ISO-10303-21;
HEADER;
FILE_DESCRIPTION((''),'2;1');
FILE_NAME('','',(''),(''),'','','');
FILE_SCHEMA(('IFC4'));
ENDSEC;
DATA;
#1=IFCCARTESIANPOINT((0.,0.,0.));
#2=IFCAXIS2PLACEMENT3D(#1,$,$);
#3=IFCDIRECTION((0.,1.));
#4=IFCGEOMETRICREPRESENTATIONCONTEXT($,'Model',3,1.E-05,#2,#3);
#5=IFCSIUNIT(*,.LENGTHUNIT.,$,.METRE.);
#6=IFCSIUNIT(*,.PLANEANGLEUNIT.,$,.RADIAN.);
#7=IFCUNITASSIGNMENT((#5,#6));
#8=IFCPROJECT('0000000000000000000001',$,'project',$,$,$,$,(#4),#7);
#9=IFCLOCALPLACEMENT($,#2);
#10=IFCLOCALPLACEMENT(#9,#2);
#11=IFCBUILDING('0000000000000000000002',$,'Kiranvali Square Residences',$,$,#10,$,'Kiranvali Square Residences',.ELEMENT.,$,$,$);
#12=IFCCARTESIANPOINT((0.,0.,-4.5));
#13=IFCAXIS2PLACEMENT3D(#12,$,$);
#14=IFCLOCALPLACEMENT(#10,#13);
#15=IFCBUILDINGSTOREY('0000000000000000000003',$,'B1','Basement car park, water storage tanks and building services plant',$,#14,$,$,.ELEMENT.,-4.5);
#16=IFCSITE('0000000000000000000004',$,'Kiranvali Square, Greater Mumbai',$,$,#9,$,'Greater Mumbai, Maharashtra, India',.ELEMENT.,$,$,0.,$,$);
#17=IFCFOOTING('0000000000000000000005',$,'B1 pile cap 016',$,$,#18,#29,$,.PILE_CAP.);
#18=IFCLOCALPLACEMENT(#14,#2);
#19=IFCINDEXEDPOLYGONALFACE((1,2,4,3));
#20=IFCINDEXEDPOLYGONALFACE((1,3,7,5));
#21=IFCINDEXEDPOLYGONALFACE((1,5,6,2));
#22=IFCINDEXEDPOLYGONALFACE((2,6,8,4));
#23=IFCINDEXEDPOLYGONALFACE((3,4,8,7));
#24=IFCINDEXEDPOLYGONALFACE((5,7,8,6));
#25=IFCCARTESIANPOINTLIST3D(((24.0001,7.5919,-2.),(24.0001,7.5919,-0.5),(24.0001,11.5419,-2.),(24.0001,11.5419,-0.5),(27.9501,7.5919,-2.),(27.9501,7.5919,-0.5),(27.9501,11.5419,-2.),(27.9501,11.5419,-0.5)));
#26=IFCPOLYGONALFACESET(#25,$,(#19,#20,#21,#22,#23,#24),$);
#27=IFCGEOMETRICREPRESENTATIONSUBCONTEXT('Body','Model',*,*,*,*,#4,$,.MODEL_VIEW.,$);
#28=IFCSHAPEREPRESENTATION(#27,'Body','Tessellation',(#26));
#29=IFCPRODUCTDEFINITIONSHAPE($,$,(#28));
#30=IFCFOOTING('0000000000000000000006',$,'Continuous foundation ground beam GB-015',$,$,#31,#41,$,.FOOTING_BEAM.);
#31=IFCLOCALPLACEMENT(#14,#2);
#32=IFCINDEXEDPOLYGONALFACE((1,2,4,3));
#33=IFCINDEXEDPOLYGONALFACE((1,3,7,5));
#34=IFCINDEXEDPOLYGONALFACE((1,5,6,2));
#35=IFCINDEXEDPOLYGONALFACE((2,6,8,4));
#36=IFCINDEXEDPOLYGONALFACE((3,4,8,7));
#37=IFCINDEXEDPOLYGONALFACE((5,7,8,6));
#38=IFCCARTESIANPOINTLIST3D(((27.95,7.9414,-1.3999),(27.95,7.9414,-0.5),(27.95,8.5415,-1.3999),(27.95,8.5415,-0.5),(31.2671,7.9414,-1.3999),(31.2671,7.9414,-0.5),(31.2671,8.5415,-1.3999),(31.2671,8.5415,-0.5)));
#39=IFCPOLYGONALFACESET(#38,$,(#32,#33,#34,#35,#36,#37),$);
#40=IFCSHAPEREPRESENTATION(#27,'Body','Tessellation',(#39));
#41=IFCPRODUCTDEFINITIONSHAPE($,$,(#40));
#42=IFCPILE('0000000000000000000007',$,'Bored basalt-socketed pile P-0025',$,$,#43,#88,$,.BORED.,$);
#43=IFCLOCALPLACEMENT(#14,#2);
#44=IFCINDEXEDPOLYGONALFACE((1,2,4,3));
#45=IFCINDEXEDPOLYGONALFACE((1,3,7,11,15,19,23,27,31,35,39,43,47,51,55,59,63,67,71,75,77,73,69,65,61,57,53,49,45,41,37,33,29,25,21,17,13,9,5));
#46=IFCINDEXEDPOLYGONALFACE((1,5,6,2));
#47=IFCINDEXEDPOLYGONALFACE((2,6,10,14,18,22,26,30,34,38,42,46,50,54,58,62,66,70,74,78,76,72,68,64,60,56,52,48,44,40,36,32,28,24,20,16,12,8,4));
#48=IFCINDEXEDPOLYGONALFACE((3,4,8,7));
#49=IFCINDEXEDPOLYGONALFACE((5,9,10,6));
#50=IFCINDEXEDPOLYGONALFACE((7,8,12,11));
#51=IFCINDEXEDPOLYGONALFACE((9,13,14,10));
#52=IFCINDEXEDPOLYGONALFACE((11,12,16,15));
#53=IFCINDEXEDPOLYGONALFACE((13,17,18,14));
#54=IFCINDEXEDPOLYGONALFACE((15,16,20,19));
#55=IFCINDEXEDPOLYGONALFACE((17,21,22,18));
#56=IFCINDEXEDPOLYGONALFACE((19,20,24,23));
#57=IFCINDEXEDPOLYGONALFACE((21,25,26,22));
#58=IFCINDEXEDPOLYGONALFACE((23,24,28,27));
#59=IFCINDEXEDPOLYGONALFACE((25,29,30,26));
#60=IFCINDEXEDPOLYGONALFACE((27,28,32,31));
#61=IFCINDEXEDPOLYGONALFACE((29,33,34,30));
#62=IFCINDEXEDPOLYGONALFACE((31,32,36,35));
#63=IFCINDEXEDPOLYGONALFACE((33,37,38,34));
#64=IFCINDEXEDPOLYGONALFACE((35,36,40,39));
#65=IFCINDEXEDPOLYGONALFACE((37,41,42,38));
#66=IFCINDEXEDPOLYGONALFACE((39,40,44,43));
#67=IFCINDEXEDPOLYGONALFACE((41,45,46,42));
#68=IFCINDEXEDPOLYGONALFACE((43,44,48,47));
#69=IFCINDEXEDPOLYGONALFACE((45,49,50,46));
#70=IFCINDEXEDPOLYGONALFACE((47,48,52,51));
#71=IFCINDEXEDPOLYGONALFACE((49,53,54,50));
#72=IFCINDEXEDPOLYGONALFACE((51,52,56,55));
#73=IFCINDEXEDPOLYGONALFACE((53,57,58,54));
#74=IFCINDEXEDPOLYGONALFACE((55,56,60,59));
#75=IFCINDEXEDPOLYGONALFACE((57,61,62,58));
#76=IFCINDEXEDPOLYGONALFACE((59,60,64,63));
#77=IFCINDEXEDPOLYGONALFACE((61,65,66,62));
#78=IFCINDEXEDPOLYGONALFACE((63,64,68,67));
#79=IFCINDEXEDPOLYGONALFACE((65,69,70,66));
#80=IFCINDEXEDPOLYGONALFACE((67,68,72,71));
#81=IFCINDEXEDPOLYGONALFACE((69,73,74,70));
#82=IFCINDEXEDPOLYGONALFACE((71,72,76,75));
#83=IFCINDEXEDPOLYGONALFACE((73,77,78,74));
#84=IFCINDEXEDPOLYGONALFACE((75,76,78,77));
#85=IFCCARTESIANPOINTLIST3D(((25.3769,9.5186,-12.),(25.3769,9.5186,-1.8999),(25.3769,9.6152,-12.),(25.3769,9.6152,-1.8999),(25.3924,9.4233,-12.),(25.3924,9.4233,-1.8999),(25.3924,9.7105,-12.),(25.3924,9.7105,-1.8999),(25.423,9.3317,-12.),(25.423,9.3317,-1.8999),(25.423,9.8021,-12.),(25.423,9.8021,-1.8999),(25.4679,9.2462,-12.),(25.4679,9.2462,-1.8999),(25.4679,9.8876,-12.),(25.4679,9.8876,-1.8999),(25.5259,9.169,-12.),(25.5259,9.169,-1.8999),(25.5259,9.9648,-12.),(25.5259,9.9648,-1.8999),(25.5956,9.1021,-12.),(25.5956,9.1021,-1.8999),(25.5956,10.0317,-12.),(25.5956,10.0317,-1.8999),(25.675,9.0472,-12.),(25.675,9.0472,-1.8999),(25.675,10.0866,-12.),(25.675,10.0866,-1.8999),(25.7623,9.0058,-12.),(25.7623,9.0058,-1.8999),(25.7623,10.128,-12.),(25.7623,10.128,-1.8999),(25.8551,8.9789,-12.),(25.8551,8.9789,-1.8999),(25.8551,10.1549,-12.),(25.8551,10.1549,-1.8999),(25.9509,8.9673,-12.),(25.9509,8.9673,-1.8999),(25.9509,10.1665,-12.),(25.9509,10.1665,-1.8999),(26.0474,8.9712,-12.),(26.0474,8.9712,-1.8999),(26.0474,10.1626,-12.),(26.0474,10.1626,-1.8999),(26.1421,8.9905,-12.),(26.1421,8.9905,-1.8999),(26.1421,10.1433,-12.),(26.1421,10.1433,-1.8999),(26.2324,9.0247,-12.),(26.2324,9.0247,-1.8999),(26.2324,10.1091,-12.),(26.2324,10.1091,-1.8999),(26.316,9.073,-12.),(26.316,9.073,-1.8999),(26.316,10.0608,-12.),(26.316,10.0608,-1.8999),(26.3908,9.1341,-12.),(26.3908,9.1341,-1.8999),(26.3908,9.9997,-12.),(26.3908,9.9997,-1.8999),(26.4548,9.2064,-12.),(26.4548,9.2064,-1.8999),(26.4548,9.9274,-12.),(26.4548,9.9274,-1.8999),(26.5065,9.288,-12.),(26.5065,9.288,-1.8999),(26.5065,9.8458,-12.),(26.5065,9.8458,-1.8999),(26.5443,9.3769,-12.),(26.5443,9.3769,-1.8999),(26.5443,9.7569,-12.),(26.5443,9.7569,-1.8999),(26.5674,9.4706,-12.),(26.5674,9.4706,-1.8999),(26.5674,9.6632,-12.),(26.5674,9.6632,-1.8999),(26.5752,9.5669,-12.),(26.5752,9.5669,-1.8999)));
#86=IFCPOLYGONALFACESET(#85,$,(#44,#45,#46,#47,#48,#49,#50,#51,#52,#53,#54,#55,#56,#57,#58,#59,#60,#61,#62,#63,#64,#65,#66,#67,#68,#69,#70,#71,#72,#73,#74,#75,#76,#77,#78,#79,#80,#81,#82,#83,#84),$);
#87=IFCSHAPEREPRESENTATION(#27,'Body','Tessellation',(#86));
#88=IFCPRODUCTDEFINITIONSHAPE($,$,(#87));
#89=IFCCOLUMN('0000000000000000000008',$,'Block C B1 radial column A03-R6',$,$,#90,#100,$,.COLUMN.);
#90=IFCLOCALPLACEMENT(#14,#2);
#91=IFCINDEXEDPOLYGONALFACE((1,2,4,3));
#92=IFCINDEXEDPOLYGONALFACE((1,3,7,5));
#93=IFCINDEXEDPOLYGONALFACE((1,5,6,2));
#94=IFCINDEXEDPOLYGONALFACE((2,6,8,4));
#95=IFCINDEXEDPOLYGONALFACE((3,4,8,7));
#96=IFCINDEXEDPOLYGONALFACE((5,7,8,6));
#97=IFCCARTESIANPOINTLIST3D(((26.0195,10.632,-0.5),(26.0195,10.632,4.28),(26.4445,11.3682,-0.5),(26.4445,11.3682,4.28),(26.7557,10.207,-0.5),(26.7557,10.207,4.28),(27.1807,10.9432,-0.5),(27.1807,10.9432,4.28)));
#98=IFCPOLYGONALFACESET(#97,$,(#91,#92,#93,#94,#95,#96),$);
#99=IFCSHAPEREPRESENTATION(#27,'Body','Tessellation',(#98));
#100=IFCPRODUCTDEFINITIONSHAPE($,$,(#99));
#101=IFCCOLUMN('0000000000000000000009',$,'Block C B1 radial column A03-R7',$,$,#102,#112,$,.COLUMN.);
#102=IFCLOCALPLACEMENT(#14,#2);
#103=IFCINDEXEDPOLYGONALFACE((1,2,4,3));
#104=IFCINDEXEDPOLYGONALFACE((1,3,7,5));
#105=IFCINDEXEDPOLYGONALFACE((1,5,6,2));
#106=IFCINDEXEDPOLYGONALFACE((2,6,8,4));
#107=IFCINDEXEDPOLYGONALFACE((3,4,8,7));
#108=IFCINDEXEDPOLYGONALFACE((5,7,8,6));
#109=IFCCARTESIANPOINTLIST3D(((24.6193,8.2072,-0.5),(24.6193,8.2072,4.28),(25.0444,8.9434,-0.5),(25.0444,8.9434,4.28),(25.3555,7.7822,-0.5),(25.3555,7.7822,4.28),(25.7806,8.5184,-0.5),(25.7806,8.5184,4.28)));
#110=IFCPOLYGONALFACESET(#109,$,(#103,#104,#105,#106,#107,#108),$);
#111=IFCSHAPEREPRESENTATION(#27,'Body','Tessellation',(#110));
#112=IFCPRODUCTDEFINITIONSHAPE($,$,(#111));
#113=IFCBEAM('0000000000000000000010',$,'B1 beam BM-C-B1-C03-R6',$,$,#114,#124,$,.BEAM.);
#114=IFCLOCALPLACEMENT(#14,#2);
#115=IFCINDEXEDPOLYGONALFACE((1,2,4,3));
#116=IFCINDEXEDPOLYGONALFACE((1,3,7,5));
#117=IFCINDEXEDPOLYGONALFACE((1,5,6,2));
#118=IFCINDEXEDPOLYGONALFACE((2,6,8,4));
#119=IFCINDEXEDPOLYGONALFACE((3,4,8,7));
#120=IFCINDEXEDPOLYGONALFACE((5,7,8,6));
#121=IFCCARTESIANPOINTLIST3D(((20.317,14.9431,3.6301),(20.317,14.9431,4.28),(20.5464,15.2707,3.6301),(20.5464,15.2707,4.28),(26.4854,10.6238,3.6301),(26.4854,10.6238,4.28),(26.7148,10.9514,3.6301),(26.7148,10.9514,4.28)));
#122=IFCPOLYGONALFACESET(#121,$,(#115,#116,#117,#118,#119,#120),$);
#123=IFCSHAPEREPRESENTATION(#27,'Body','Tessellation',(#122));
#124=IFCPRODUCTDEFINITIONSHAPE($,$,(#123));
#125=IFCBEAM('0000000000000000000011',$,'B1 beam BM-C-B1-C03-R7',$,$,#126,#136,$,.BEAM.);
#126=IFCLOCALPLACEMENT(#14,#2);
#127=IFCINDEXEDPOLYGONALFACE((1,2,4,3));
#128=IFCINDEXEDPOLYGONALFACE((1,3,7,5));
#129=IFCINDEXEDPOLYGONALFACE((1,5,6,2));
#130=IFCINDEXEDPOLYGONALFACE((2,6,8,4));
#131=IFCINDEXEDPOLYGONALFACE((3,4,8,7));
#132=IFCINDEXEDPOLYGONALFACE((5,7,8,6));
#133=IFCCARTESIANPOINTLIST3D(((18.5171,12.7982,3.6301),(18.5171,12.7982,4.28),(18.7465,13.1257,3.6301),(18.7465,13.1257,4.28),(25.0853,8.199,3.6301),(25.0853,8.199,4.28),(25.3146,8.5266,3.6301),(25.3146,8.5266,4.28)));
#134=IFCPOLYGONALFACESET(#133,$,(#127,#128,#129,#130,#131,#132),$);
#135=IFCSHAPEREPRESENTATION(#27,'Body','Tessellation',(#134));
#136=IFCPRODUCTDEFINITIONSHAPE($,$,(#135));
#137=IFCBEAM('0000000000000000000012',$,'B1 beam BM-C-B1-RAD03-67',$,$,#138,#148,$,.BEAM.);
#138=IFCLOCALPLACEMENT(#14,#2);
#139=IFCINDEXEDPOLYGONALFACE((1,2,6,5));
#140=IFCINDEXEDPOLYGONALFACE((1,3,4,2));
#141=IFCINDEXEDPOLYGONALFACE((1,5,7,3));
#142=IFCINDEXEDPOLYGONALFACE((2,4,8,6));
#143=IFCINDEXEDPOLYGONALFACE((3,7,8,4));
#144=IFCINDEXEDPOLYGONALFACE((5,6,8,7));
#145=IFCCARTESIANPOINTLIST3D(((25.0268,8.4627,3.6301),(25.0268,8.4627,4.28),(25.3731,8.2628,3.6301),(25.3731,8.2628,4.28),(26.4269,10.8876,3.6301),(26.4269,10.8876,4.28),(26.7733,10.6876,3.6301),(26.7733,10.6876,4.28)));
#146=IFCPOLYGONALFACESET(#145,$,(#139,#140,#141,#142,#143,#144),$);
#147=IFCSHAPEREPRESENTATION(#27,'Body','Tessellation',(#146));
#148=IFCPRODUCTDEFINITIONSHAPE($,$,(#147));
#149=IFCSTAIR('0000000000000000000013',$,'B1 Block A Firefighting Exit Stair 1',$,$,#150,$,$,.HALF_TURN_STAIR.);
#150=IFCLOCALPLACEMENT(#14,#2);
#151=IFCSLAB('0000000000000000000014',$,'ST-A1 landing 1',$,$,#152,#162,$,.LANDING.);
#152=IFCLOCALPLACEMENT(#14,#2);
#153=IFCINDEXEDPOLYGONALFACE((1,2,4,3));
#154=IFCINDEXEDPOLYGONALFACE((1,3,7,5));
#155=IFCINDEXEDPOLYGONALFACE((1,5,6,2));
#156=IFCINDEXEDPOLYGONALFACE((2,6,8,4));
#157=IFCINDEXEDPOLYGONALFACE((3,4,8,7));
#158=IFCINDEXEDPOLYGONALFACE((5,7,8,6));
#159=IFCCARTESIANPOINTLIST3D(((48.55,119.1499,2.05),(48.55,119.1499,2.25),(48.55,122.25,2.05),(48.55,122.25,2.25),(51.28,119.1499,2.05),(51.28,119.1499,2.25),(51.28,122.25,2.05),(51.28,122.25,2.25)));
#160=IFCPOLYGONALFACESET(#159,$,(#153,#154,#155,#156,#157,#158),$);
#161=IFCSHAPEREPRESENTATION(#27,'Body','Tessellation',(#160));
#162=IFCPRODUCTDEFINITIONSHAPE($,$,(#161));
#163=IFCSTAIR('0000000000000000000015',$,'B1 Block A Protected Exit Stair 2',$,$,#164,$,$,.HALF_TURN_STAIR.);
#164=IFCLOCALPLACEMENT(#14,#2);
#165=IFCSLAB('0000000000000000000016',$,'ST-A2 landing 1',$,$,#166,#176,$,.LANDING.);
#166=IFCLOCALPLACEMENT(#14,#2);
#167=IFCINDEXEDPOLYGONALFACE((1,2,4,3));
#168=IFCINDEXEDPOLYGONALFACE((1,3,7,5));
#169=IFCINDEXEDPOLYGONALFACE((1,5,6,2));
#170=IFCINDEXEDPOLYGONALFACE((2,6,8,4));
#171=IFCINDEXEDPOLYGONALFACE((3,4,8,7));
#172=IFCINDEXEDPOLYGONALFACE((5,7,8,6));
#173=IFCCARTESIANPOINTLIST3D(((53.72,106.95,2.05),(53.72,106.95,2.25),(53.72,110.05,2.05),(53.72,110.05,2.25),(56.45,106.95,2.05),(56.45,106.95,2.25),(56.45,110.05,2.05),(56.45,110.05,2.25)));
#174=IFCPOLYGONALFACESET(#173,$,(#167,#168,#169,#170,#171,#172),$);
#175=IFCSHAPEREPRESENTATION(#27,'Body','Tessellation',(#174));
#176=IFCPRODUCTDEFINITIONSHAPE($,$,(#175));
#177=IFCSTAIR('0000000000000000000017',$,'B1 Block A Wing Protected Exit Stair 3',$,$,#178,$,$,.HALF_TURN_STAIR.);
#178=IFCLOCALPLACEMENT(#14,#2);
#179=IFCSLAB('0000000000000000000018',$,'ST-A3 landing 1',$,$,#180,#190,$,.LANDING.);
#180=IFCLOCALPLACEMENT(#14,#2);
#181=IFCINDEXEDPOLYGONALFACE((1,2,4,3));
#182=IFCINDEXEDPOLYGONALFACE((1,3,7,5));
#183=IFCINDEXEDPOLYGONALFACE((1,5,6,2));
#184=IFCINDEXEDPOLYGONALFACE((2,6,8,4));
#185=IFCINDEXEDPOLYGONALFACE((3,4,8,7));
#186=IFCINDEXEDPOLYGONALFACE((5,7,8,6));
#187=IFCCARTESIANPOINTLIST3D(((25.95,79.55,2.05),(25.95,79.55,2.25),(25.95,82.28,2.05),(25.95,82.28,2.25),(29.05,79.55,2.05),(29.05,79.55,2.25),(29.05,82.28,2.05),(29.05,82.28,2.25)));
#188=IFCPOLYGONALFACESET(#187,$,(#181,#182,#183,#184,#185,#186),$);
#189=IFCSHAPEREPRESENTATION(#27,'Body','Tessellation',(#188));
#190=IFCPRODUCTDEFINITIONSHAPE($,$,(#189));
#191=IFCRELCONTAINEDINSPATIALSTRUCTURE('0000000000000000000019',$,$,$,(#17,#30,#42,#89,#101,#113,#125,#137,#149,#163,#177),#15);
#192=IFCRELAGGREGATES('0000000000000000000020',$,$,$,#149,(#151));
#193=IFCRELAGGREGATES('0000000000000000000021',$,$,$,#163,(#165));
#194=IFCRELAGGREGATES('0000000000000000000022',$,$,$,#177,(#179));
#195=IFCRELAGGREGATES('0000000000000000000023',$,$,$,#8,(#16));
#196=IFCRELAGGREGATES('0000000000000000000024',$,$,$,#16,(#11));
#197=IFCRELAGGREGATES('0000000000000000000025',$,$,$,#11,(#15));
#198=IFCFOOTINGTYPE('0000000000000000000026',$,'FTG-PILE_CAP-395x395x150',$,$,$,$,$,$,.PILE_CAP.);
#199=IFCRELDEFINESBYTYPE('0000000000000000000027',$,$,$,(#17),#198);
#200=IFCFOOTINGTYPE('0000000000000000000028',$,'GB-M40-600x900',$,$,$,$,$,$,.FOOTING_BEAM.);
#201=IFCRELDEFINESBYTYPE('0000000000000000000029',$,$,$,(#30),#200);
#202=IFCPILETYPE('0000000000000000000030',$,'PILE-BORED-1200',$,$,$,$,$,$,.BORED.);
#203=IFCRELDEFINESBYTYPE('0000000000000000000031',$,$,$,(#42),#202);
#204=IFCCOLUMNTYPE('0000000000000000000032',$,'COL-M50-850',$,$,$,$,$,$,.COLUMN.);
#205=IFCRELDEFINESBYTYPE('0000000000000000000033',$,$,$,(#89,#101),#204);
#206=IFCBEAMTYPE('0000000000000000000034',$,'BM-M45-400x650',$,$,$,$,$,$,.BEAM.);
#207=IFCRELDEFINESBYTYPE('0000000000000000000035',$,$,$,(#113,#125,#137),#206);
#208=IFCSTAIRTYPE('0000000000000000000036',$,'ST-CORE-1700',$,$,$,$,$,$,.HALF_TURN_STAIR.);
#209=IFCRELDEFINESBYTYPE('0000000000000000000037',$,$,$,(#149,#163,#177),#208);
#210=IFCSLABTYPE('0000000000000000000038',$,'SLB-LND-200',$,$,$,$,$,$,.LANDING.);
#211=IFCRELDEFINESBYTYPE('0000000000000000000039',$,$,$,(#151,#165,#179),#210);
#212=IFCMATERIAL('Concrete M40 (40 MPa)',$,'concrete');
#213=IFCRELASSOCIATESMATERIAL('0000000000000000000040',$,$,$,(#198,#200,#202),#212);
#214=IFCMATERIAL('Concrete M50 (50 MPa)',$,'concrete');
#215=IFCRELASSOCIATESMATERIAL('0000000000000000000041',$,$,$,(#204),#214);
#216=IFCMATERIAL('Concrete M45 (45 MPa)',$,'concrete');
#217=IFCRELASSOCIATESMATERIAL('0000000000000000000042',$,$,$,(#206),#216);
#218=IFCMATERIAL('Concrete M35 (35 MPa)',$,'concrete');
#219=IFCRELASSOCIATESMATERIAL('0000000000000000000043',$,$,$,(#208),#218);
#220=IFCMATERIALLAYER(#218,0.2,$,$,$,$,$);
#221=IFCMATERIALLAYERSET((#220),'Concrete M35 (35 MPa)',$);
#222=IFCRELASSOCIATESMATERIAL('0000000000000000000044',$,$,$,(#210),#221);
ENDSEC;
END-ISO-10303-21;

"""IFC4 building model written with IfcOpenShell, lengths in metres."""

from ifc_helpers import new_model, si_unit, direction, frame, origin, origin_2d, place, context, subcontext, project, spatial, polyline, rectangle, circle, outline, extrude, material, layer, layer_set, material_profile, profile_set, type_object, element, aggregate, save


model = new_model("IFC4")

# Units and contexts
model_context = context("Model", 3, precision=1e-05, world=origin(), true_north=direction((0.0, 1.0)))
body_context = subcontext(model_context, "Body", "Model", "MODEL_VIEW")
ifc_project = project(units=[si_unit("LENGTHUNIT", "METRE"), si_unit("PLANEANGLEUNIT", "RADIAN")], contexts=[model_context])

# Site, building, storey
site_placement = place(None, origin())
site = spatial("IfcSite", under=ifc_project, at=site_placement, Name="Kiranvali Square, Greater Mumbai", LongName="Greater Mumbai, Maharashtra, India", CompositionType="ELEMENT", RefElevation=0.0)
building_placement = place(site_placement, origin())
building = spatial("IfcBuilding", under=site, at=building_placement, Name="Kiranvali Square Residences", LongName="Kiranvali Square Residences", CompositionType="ELEMENT")
storey_placement = place(building_placement, frame((0.0, 0.0, -4.5)))
storey = spatial("IfcBuildingStorey", under=building, at=storey_placement, Name="B1", Description="Basement car park, water storage tanks and building services plant", CompositionType="ELEMENT", Elevation=-4.5)

# Footings
ifc_material_1 = material(Name="Concrete M40 (40 MPa)", Category="concrete")
footing_type_1 = type_object("IfcFootingType", Name="FTG-PILE_CAP-395x395x150", PredefinedType="PILE_CAP", material=ifc_material_1)
footing_1_placement = place(storey_placement, frame((25.9751, 9.5669, -2.0), z_axis=(0.0, 0.0, 1.0), x_axis=(1.0, 0.0, 0.0)))
element("IfcFooting", 1, at=footing_1_placement, inside=storey, type_object=footing_type_1, Name="B1 pile cap 016", PredefinedType="PILE_CAP", context=body_context, shape_type="SweptSolid", body=[
    extrude(rectangle(XDim=3.95, YDim=3.95, at=origin_2d()), origin(), (0.0, 0.0, 1.0), 1.5),
])
ifc_material_profile_1 = material_profile(ifc_material_1, rectangle(XDim=0.6001, YDim=0.8999, at=origin_2d()), Name="GB 600x900")
ifc_profile_set_1 = profile_set([ifc_material_profile_1], Name="Concrete M40 (40 MPa)")
footing_type_2 = type_object("IfcFootingType", Name="GB-M40-600x900", PredefinedType="FOOTING_BEAM", material=ifc_profile_set_1)
footing_2_placement = place(storey_placement, frame((27.95, 8.2415, -0.95), z_axis=(1.0, 0.0, 0.0), x_axis=(0.0, 1.0, 0.0)))
element("IfcFooting", 2, at=footing_2_placement, inside=storey, type_object=footing_type_2, Name="Continuous foundation ground beam GB-015", PredefinedType="FOOTING_BEAM", context=body_context, shape_type="SweptSolid", body=[
    extrude(rectangle(XDim=0.6001, YDim=0.8999, at=origin_2d()), origin(), (0.0, 0.0, 1.0), 3.3171),
])

# Pile
ifc_material_profile_2 = material_profile(ifc_material_1, circle(Radius=0.6001, at=origin_2d()), Name="BORED PILE 1200")
ifc_profile_set_2 = profile_set([ifc_material_profile_2], Name="Concrete M40 (40 MPa)")
pile_type = type_object("IfcPileType", Name="PILE-BORED-1200", PredefinedType="BORED", material=ifc_profile_set_2)
pile_placement = place(storey_placement, frame((25.9751, 9.5669, -1.8999), z_axis=(0.0, 0.0, -1.0), x_axis=(1.0, 0.0, 0.0)))
element("IfcPile", 3, at=pile_placement, inside=storey, type_object=pile_type, Name="Bored basalt-socketed pile P-0025", PredefinedType="BORED", context=body_context, shape_type="SweptSolid", body=[
    extrude(circle(Radius=0.6001, at=origin_2d()), origin(), (0.0, 0.0, 1.0), 10.1001),
])

# Columns
ifc_material_2 = material(Name="Concrete M50 (50 MPa)", Category="concrete")
ifc_material_profile_3 = material_profile(ifc_material_2, rectangle(XDim=0.8501, YDim=0.8501, at=origin_2d()), Name="RC 850x850")
ifc_profile_set_3 = profile_set([ifc_material_profile_3], Name="Concrete M50 (50 MPa)")
column_type = type_object("IfcColumnType", Name="COL-M50-850", PredefinedType="COLUMN", material=ifc_profile_set_3)
for number, where, z_axis, x_axis, name in (
    (4, (26.6001, 10.7876, -0.5), (0.0, 0.0, 1.0), (-0.866025, 0.5, 0.0), "Block C B1 radial column A03-R6"),
    (5, (25.2, 8.3628, -0.5), (0.0, 0.0, 1.0), (-0.866025, 0.5, 0.0), "Block C B1 radial column A03-R7"),
):
    element("IfcColumn", number, at=place(storey_placement, frame(where, z_axis=z_axis, x_axis=x_axis)), inside=storey, type_object=column_type, Name=name, PredefinedType="COLUMN", context=body_context, shape_type="SweptSolid", body=[
        extrude(rectangle(XDim=0.8501, YDim=0.8501, at=origin_2d()), origin(), (0.0, 0.0, 1.0), 4.78),
    ])

# Beams
ifc_material_3 = material(Name="Concrete M45 (45 MPa)", Category="concrete")
ifc_material_profile_4 = material_profile(ifc_material_3, rectangle(XDim=0.3999, YDim=0.6499, at=origin_2d()), Name="RC 400x650")
ifc_profile_set_4 = profile_set([ifc_material_profile_4], Name="Concrete M45 (45 MPa)")
beam_type = type_object("IfcBeamType", Name="BM-M45-400x650", PredefinedType="BEAM", material=ifc_profile_set_4)
beam_1_placement = place(storey_placement, frame((26.6001, 10.7876, 3.9551), z_axis=(-0.819144, 0.573589, 0.0), x_axis=(-0.573589, -0.819144, 0.0)))
element("IfcBeam", 6, at=beam_1_placement, inside=storey, type_object=beam_type, Name="B1 beam BM-C-B1-C03-R6", PredefinedType="BEAM", context=body_context, shape_type="SweptSolid", body=[
    extrude(rectangle(XDim=0.3999, YDim=0.6499, at=origin_2d()), origin(), (0.0, 0.0, 1.0), 7.5303),
])
beam_2_placement = place(storey_placement, frame((25.2, 8.3628, 3.9551), z_axis=(-0.819148, 0.573583, 0.0), x_axis=(-0.573583, -0.819148, 0.0)))
element("IfcBeam", 7, at=beam_2_placement, inside=storey, type_object=beam_type, Name="B1 beam BM-C-B1-C03-R7", PredefinedType="BEAM", context=body_context, shape_type="SweptSolid", body=[
    extrude(rectangle(XDim=0.3999, YDim=0.6499, at=origin_2d()), origin(), (0.0, 0.0, 1.0), 8.0183),
])
beam_3_placement = place(storey_placement, frame((26.6001, 10.7876, 3.9551), z_axis=(-0.50005, -0.865997, 0.0), x_axis=(0.865997, -0.50005, 0.0)))
element("IfcBeam", 8, at=beam_3_placement, inside=storey, type_object=beam_type, Name="B1 beam BM-C-B1-RAD03-67", PredefinedType="BEAM", context=body_context, shape_type="SweptSolid", body=[
    extrude(rectangle(XDim=0.3999, YDim=0.6499, at=origin_2d()), origin(), (0.0, 0.0, 1.0), 2.8),
])

# Stairs, slabs
ifc_material_4 = material(Name="Concrete M35 (35 MPa)", Category="concrete")
stair_type = type_object("IfcStairType", Name="ST-CORE-1700", PredefinedType="HALF_TURN_STAIR", material=ifc_material_4)
stair_1_placement = place(storey_placement, origin())
stair_1 = element("IfcStair", 9, at=stair_1_placement, inside=storey, type_object=stair_type, Name="B1 Block A Firefighting Exit Stair 1", PredefinedType="HALF_TURN_STAIR")
ifc_layer_1 = layer(ifc_material_4, 0.2)
ifc_layer_set_1 = layer_set([ifc_layer_1], Name="Concrete M35 (35 MPa)")
slab_type = type_object("IfcSlabType", Name="SLB-LND-200", PredefinedType="LANDING", material=ifc_layer_set_1)
slab_1_placement = place(storey_placement, frame((0.0, 0.0, 2.05)))
slab_1 = element("IfcSlab", 10, at=slab_1_placement, type_object=slab_type, Name="ST-A1 landing 1", PredefinedType="LANDING", context=body_context, shape_type="SweptSolid", body=[
    extrude(outline(polyline([(51.28, 122.25), (48.55, 122.25), (48.55, 119.1499), (51.28, 119.1499), (51.28, 122.25)])), origin(), (0.0, 0.0, 1.0), 0.2),
])
aggregate(stair_1, [slab_1])
stair_2_placement = place(storey_placement, origin())
stair_2 = element("IfcStair", 11, at=stair_2_placement, inside=storey, type_object=stair_type, Name="B1 Block A Protected Exit Stair 2", PredefinedType="HALF_TURN_STAIR")
slab_2_placement = place(storey_placement, frame((0.0, 0.0, 2.05)))
slab_2 = element("IfcSlab", 12, at=slab_2_placement, type_object=slab_type, Name="ST-A2 landing 1", PredefinedType="LANDING", context=body_context, shape_type="SweptSolid", body=[
    extrude(outline(polyline([(53.72, 106.95), (56.45, 106.95), (56.45, 110.05), (53.72, 110.05), (53.72, 106.95)])), origin(), (0.0, 0.0, 1.0), 0.2),
])
aggregate(stair_2, [slab_2])
stair_3_placement = place(storey_placement, origin())
stair_3 = element("IfcStair", 13, at=stair_3_placement, inside=storey, type_object=stair_type, Name="B1 Block A Wing Protected Exit Stair 3", PredefinedType="HALF_TURN_STAIR")
slab_3_placement = place(storey_placement, frame((0.0, 0.0, 2.05)))
slab_3 = element("IfcSlab", 14, at=slab_3_placement, type_object=slab_type, Name="ST-A3 landing 1", PredefinedType="LANDING", context=body_context, shape_type="SweptSolid", body=[
    extrude(outline(polyline([(25.95, 82.28), (25.95, 79.55), (29.05, 79.55), (29.05, 82.28), (25.95, 82.28)])), origin(), (0.0, 0.0, 1.0), 0.2),
])
aggregate(stair_3, [slab_3])

save(model, "model.ifc")
